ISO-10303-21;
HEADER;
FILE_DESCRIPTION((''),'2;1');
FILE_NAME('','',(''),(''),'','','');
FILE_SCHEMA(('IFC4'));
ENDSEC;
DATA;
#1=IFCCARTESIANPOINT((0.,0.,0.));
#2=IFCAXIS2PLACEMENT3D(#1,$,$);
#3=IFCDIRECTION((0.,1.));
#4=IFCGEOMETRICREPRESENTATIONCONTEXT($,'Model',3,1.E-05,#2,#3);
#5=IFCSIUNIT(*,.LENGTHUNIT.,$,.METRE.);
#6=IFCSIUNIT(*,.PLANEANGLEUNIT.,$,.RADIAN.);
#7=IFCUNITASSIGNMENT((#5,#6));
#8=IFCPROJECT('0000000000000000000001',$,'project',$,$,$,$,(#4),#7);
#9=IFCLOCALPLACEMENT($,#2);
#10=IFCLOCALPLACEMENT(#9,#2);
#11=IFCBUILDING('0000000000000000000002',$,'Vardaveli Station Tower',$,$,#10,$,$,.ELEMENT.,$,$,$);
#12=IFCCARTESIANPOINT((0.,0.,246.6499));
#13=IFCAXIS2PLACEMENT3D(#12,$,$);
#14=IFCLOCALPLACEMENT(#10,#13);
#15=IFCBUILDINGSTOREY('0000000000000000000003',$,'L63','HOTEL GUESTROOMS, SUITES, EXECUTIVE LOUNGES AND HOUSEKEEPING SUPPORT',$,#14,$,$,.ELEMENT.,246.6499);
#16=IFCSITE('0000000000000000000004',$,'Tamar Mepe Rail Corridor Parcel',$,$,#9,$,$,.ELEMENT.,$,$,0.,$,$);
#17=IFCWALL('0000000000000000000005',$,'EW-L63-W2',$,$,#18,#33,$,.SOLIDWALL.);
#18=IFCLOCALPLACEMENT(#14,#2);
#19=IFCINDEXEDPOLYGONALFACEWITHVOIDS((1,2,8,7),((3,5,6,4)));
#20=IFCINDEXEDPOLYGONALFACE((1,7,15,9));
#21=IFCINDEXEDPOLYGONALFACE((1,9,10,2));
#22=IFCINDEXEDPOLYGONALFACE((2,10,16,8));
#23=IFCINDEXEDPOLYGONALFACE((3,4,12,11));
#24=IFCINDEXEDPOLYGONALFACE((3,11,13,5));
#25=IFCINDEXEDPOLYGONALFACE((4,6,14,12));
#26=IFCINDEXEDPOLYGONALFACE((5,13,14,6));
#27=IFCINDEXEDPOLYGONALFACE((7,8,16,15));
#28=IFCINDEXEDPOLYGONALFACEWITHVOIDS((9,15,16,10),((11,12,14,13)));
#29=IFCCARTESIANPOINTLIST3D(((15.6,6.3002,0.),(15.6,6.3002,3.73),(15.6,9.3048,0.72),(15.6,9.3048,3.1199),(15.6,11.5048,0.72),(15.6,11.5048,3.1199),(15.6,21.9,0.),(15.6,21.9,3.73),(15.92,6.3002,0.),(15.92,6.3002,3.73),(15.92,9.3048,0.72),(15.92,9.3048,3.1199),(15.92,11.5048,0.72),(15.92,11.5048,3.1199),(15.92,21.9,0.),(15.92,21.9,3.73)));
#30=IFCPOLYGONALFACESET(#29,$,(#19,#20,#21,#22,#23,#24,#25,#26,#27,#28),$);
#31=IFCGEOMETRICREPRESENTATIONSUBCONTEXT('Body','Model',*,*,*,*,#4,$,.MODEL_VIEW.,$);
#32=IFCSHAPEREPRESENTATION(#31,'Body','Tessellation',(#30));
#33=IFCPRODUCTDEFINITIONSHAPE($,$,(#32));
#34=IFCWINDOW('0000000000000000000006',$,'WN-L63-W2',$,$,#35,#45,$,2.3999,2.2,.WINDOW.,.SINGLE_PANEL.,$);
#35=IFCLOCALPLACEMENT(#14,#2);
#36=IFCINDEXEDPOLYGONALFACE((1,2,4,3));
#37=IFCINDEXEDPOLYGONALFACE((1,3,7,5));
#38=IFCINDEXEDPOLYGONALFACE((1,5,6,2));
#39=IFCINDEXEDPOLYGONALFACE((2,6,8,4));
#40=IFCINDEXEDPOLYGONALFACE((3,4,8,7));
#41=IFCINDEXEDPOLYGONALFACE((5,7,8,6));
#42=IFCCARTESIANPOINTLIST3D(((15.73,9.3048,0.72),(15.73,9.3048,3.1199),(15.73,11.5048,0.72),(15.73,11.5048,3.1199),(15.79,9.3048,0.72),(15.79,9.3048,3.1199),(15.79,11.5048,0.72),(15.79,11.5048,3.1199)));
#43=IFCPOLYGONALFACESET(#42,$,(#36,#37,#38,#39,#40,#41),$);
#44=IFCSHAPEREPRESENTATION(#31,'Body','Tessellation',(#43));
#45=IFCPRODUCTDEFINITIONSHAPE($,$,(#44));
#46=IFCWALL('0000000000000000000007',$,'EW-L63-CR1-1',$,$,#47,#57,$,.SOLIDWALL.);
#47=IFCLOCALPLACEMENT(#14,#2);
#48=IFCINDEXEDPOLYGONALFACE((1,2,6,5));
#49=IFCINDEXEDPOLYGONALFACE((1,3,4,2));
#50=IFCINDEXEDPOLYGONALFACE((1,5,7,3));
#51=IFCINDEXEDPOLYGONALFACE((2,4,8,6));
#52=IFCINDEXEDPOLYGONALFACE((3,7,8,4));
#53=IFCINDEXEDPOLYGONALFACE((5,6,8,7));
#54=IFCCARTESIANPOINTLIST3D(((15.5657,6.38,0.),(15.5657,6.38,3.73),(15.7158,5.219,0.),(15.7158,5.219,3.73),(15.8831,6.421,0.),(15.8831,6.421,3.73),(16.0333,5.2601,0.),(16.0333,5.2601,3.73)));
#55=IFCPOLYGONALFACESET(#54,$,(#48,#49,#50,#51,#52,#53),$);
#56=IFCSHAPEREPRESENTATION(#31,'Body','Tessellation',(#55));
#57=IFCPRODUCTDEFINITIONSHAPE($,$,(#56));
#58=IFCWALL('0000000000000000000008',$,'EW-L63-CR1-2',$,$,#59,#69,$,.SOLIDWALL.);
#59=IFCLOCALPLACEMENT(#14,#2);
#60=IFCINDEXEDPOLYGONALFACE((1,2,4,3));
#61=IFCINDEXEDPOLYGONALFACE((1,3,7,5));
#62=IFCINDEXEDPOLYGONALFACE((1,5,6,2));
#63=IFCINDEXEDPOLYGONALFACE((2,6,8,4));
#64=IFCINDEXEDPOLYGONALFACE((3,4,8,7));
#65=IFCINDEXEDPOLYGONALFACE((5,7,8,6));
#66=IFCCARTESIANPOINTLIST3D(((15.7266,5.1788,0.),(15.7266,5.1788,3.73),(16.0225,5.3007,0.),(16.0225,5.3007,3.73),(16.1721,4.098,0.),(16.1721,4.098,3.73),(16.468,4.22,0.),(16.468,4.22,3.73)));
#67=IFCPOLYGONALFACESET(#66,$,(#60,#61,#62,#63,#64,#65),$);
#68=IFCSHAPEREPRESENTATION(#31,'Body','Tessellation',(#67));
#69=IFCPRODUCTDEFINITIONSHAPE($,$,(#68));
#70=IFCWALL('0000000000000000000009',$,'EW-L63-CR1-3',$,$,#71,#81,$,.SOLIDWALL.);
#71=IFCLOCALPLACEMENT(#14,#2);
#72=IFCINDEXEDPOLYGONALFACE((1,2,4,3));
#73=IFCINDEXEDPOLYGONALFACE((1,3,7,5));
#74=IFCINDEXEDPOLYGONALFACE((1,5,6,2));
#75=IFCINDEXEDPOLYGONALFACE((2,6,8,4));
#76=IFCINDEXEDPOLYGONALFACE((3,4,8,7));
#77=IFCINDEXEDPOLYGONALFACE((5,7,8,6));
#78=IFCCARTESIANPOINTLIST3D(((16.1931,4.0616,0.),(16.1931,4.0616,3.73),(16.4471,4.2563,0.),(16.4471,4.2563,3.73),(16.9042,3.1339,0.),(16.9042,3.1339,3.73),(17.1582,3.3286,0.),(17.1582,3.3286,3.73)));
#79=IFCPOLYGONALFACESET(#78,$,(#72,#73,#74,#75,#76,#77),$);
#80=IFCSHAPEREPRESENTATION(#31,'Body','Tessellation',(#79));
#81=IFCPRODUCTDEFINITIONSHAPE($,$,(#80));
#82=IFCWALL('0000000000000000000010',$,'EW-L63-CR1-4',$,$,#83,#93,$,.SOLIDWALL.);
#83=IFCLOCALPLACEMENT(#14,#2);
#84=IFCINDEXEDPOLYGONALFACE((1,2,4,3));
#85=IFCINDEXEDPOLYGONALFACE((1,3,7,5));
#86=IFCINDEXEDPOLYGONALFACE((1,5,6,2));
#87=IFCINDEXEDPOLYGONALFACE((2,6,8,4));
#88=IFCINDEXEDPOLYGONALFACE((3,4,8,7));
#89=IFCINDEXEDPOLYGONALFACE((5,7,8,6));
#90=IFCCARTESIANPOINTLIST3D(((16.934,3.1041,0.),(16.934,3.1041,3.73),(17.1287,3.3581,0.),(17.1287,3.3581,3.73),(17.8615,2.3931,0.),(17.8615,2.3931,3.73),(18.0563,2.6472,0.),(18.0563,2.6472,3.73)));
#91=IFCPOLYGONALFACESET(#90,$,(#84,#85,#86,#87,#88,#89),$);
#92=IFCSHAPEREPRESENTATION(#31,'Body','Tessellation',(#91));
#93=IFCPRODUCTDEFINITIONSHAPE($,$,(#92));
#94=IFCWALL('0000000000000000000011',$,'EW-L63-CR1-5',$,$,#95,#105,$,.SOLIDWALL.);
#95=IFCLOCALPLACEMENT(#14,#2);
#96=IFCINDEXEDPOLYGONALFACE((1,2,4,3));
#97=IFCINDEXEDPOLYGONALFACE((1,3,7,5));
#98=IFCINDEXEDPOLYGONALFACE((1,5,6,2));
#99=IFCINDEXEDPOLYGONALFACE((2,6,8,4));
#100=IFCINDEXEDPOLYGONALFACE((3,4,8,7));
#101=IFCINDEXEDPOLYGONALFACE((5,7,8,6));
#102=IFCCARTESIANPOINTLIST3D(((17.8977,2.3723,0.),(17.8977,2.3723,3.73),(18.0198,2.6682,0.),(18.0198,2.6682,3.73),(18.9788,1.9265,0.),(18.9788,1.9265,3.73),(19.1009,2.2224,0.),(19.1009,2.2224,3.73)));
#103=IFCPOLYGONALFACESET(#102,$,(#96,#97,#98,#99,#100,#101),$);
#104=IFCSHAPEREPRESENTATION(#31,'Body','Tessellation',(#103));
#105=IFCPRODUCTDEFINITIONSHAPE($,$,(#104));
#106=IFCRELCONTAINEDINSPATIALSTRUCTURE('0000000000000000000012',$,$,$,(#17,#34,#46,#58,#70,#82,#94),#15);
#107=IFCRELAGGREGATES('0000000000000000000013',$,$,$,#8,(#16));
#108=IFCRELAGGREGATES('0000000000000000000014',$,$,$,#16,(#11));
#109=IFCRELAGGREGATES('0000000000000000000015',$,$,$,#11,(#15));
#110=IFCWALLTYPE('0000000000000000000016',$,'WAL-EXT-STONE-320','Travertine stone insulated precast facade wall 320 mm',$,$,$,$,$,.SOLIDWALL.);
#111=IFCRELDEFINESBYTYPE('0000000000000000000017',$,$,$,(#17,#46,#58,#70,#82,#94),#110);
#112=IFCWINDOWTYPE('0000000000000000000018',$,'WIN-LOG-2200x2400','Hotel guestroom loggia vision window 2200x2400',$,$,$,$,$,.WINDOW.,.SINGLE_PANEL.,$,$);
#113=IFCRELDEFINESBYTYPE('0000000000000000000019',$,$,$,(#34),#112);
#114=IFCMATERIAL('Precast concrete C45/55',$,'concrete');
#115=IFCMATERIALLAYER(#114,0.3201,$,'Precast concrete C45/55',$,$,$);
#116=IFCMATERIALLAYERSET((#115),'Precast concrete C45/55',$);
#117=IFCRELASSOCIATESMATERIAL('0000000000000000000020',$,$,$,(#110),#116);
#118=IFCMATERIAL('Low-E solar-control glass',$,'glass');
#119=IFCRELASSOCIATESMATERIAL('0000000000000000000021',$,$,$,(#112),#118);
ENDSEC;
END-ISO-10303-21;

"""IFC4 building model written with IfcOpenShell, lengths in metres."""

from ifc_helpers import new_model, si_unit, direction, frame, frame_2d, origin, place, context, subcontext, project, spatial, rectangle, extrude, source, transform, mapped, material, layer, layer_set, type_object, element, fill, save


model = new_model("IFC4")

# Units and contexts
model_context = context("Model", 3, precision=1e-05, world=origin(), true_north=direction((0.0, 1.0)))
body_context = subcontext(model_context, "Body", "Model", "MODEL_VIEW")
ifc_project = project(units=[si_unit("LENGTHUNIT", "METRE"), si_unit("PLANEANGLEUNIT", "RADIAN")], contexts=[model_context])

# Site, building, storey
site_placement = place(None, origin())
site = spatial("IfcSite", under=ifc_project, at=site_placement, Name="Tamar Mepe Rail Corridor Parcel", CompositionType="ELEMENT", RefElevation=0.0)
building_placement = place(site_placement, origin())
building = spatial("IfcBuilding", under=site, at=building_placement, Name="Vardaveli Station Tower", CompositionType="ELEMENT")
storey_placement = place(building_placement, frame((0.0, 0.0, 246.6499)))
storey = spatial("IfcBuildingStorey", under=building, at=storey_placement, Name="L63", Description="HOTEL GUESTROOMS, SUITES, EXECUTIVE LOUNGES AND HOUSEKEEPING SUPPORT", CompositionType="ELEMENT", Elevation=246.6499)

# Shared definitions
ifc_material_1 = material(Name="Precast concrete C45/55", Category="concrete")

# Wall, opening, window
ifc_layer_1 = layer(ifc_material_1, 0.3201, Name="Precast concrete C45/55")
ifc_layer_set_1 = layer_set([ifc_layer_1], Name="Precast concrete C45/55")
wall_type_1 = type_object("IfcWallType", Name="WAL-EXT-STONE-320", Description="Travertine stone insulated precast facade wall 320 mm", PredefinedType="SOLIDWALL", material=ifc_layer_set_1)
shared_shape_1 = source(origin(), body_context, "Body", "SweptSolid", [
    extrude(rectangle(XDim=15.5999, YDim=0.3201, at=frame_2d((7.7998, 0.0))), origin(), (0.0, 0.0, 1.0), 3.73),
])
wall_1_placement = place(storey_placement, frame((15.76, 21.8999, 0.0), z_axis=(0.0, 0.0, 1.0), x_axis=(0.0, -1.0, 0.0)))
wall_1 = element("IfcWall", 1, at=wall_1_placement, inside=storey, type_object=wall_type_1, Name="EW-L63-W2", PredefinedType="SOLIDWALL", context=body_context, shape_type="MappedRepresentation", body=[
    mapped(shared_shape_1, transform((0.0, 0.0, 0.0), scale=1.0)),
])
shared_shape_2 = source(origin(), body_context, "Body", "SweptSolid", [
    extrude(rectangle(XDim=2.2, YDim=2.3999, at=frame_2d((1.1001, 1.2))), frame((0.0, 0.1699, 0.0), z_axis=(0.0, -1.0, 0.0), x_axis=(1.0, 0.0, 0.0)), (0.0, 0.0, 1.0), 0.3401),
])
opening_1_placement = place(wall_1_placement, frame((10.395, 0.0, 0.72)))
opening_1 = element("IfcOpeningElement", 2, at=opening_1_placement, cuts=wall_1, PredefinedType="OPENING", context=body_context, shape_type="MappedRepresentation", body=[
    mapped(shared_shape_2, transform((0.0, 0.0, 0.0), scale=1.0)),
])
ifc_material_2 = material(Name="Low-E solar-control glass", Category="glass")
window_type = type_object("IfcWindowType", Name="WIN-LOG-2200x2400", Description="Hotel guestroom loggia vision window 2200x2400", PartitioningType="SINGLE_PANEL", PredefinedType="WINDOW", material=ifc_material_2)
shared_shape_3 = source(origin(), body_context, "Body", "SweptSolid", [
    extrude(rectangle(XDim=2.2, YDim=2.3999, at=frame_2d((1.1001, 1.2))), frame((0.0, 0.03, 0.0), z_axis=(0.0, -1.0, 0.0), x_axis=(1.0, 0.0, 0.0)), (0.0, 0.0, 1.0), 0.0601),
])
window_placement = place(opening_1_placement, origin())
window = element("IfcWindow", 3, at=window_placement, inside=storey, type_object=window_type, Name="WN-L63-W2", OverallHeight=2.3999, OverallWidth=2.2, PartitioningType="SINGLE_PANEL", PredefinedType="WINDOW", context=body_context, shape_type="MappedRepresentation", body=[
    mapped(shared_shape_3, transform((0.0, 0.0, 0.0), scale=1.0)),
])
fill(opening_1, window)

# Walls
shared_shape_4 = source(origin(), body_context, "Body", "SweptSolid", [
    extrude(rectangle(XDim=1.1707, YDim=0.3201, at=frame_2d((0.5854, 0.0))), origin(), (0.0, 0.0, 1.0), 3.73),
])
wall_2_placement = place(storey_placement, frame((15.7244, 6.4006, 0.0), z_axis=(0.0, 0.0, 1.0), x_axis=(0.128269, -0.991739, 0.0)))
element("IfcWall", 4, at=wall_2_placement, inside=storey, type_object=wall_type_1, Name="EW-L63-CR1-1", PredefinedType="SOLIDWALL", context=body_context, shape_type="MappedRepresentation", body=[
    mapped(shared_shape_4, transform((0.0, 0.0, 0.0), scale=1.0)),
])
shared_shape_5 = source(origin(), body_context, "Body", "SweptSolid", [
    extrude(rectangle(XDim=1.1689, YDim=0.3201, at=frame_2d((0.5845, 0.0))), origin(), (0.0, 0.0, 1.0), 3.73),
])
for number, where, z_axis, x_axis, name in (
    (5, (15.8745, 5.2397, 0.0), (0.0, 0.0, 1.0), (0.381128, -0.924522, 0.0), "EW-L63-CR1-2"),
    (6, (16.3201, 4.1589, 0.0), (0.0, 0.0, 1.0), (0.608388, -0.79364, 0.0), "EW-L63-CR1-3"),
):
    element("IfcWall", number, at=place(storey_placement, frame(where, z_axis=z_axis, x_axis=x_axis)), inside=storey, type_object=wall_type_1, Name=name, PredefinedType="SOLIDWALL", context=body_context, shape_type="MappedRepresentation", body=[
        mapped(shared_shape_5, transform((0.0, 0.0, 0.0), scale=1.0)),
    ])
shared_shape_6 = source(origin(), body_context, "Body", "SweptSolid", [
    extrude(rectangle(XDim=1.1687, YDim=0.3201, at=frame_2d((0.5845, 0.0))), origin(), (0.0, 0.0, 1.0), 3.73),
])
wall_3_placement = place(storey_placement, frame((17.0312, 3.2312, 0.0), z_axis=(0.0, 0.0, 1.0), x_axis=(0.793664, -0.608357, 0.0)))
element("IfcWall", 7, at=wall_3_placement, inside=storey, type_object=wall_type_1, Name="EW-L63-CR1-4", PredefinedType="SOLIDWALL", context=body_context, shape_type="MappedRepresentation", body=[
    mapped(shared_shape_6, transform((0.0, 0.0, 0.0), scale=1.0)),
])
shared_shape_7 = source(origin(), body_context, "Body", "SweptSolid", [
    extrude(rectangle(XDim=1.1694, YDim=0.3201, at=frame_2d((0.5847, 0.0))), origin(), (0.0, 0.0, 1.0), 3.73),
])
wall_4_placement = place(storey_placement, frame((17.9587, 2.5203, 0.0), z_axis=(0.0, 0.0, 1.0), x_axis=(0.924479, -0.381233, 0.0)))
element("IfcWall", 8, at=wall_4_placement, inside=storey, type_object=wall_type_1, Name="EW-L63-CR1-5", PredefinedType="SOLIDWALL", context=body_context, shape_type="MappedRepresentation", body=[
    mapped(shared_shape_7, transform((0.0, 0.0, 0.0), scale=1.0)),
])

save(model, "model.ifc")
